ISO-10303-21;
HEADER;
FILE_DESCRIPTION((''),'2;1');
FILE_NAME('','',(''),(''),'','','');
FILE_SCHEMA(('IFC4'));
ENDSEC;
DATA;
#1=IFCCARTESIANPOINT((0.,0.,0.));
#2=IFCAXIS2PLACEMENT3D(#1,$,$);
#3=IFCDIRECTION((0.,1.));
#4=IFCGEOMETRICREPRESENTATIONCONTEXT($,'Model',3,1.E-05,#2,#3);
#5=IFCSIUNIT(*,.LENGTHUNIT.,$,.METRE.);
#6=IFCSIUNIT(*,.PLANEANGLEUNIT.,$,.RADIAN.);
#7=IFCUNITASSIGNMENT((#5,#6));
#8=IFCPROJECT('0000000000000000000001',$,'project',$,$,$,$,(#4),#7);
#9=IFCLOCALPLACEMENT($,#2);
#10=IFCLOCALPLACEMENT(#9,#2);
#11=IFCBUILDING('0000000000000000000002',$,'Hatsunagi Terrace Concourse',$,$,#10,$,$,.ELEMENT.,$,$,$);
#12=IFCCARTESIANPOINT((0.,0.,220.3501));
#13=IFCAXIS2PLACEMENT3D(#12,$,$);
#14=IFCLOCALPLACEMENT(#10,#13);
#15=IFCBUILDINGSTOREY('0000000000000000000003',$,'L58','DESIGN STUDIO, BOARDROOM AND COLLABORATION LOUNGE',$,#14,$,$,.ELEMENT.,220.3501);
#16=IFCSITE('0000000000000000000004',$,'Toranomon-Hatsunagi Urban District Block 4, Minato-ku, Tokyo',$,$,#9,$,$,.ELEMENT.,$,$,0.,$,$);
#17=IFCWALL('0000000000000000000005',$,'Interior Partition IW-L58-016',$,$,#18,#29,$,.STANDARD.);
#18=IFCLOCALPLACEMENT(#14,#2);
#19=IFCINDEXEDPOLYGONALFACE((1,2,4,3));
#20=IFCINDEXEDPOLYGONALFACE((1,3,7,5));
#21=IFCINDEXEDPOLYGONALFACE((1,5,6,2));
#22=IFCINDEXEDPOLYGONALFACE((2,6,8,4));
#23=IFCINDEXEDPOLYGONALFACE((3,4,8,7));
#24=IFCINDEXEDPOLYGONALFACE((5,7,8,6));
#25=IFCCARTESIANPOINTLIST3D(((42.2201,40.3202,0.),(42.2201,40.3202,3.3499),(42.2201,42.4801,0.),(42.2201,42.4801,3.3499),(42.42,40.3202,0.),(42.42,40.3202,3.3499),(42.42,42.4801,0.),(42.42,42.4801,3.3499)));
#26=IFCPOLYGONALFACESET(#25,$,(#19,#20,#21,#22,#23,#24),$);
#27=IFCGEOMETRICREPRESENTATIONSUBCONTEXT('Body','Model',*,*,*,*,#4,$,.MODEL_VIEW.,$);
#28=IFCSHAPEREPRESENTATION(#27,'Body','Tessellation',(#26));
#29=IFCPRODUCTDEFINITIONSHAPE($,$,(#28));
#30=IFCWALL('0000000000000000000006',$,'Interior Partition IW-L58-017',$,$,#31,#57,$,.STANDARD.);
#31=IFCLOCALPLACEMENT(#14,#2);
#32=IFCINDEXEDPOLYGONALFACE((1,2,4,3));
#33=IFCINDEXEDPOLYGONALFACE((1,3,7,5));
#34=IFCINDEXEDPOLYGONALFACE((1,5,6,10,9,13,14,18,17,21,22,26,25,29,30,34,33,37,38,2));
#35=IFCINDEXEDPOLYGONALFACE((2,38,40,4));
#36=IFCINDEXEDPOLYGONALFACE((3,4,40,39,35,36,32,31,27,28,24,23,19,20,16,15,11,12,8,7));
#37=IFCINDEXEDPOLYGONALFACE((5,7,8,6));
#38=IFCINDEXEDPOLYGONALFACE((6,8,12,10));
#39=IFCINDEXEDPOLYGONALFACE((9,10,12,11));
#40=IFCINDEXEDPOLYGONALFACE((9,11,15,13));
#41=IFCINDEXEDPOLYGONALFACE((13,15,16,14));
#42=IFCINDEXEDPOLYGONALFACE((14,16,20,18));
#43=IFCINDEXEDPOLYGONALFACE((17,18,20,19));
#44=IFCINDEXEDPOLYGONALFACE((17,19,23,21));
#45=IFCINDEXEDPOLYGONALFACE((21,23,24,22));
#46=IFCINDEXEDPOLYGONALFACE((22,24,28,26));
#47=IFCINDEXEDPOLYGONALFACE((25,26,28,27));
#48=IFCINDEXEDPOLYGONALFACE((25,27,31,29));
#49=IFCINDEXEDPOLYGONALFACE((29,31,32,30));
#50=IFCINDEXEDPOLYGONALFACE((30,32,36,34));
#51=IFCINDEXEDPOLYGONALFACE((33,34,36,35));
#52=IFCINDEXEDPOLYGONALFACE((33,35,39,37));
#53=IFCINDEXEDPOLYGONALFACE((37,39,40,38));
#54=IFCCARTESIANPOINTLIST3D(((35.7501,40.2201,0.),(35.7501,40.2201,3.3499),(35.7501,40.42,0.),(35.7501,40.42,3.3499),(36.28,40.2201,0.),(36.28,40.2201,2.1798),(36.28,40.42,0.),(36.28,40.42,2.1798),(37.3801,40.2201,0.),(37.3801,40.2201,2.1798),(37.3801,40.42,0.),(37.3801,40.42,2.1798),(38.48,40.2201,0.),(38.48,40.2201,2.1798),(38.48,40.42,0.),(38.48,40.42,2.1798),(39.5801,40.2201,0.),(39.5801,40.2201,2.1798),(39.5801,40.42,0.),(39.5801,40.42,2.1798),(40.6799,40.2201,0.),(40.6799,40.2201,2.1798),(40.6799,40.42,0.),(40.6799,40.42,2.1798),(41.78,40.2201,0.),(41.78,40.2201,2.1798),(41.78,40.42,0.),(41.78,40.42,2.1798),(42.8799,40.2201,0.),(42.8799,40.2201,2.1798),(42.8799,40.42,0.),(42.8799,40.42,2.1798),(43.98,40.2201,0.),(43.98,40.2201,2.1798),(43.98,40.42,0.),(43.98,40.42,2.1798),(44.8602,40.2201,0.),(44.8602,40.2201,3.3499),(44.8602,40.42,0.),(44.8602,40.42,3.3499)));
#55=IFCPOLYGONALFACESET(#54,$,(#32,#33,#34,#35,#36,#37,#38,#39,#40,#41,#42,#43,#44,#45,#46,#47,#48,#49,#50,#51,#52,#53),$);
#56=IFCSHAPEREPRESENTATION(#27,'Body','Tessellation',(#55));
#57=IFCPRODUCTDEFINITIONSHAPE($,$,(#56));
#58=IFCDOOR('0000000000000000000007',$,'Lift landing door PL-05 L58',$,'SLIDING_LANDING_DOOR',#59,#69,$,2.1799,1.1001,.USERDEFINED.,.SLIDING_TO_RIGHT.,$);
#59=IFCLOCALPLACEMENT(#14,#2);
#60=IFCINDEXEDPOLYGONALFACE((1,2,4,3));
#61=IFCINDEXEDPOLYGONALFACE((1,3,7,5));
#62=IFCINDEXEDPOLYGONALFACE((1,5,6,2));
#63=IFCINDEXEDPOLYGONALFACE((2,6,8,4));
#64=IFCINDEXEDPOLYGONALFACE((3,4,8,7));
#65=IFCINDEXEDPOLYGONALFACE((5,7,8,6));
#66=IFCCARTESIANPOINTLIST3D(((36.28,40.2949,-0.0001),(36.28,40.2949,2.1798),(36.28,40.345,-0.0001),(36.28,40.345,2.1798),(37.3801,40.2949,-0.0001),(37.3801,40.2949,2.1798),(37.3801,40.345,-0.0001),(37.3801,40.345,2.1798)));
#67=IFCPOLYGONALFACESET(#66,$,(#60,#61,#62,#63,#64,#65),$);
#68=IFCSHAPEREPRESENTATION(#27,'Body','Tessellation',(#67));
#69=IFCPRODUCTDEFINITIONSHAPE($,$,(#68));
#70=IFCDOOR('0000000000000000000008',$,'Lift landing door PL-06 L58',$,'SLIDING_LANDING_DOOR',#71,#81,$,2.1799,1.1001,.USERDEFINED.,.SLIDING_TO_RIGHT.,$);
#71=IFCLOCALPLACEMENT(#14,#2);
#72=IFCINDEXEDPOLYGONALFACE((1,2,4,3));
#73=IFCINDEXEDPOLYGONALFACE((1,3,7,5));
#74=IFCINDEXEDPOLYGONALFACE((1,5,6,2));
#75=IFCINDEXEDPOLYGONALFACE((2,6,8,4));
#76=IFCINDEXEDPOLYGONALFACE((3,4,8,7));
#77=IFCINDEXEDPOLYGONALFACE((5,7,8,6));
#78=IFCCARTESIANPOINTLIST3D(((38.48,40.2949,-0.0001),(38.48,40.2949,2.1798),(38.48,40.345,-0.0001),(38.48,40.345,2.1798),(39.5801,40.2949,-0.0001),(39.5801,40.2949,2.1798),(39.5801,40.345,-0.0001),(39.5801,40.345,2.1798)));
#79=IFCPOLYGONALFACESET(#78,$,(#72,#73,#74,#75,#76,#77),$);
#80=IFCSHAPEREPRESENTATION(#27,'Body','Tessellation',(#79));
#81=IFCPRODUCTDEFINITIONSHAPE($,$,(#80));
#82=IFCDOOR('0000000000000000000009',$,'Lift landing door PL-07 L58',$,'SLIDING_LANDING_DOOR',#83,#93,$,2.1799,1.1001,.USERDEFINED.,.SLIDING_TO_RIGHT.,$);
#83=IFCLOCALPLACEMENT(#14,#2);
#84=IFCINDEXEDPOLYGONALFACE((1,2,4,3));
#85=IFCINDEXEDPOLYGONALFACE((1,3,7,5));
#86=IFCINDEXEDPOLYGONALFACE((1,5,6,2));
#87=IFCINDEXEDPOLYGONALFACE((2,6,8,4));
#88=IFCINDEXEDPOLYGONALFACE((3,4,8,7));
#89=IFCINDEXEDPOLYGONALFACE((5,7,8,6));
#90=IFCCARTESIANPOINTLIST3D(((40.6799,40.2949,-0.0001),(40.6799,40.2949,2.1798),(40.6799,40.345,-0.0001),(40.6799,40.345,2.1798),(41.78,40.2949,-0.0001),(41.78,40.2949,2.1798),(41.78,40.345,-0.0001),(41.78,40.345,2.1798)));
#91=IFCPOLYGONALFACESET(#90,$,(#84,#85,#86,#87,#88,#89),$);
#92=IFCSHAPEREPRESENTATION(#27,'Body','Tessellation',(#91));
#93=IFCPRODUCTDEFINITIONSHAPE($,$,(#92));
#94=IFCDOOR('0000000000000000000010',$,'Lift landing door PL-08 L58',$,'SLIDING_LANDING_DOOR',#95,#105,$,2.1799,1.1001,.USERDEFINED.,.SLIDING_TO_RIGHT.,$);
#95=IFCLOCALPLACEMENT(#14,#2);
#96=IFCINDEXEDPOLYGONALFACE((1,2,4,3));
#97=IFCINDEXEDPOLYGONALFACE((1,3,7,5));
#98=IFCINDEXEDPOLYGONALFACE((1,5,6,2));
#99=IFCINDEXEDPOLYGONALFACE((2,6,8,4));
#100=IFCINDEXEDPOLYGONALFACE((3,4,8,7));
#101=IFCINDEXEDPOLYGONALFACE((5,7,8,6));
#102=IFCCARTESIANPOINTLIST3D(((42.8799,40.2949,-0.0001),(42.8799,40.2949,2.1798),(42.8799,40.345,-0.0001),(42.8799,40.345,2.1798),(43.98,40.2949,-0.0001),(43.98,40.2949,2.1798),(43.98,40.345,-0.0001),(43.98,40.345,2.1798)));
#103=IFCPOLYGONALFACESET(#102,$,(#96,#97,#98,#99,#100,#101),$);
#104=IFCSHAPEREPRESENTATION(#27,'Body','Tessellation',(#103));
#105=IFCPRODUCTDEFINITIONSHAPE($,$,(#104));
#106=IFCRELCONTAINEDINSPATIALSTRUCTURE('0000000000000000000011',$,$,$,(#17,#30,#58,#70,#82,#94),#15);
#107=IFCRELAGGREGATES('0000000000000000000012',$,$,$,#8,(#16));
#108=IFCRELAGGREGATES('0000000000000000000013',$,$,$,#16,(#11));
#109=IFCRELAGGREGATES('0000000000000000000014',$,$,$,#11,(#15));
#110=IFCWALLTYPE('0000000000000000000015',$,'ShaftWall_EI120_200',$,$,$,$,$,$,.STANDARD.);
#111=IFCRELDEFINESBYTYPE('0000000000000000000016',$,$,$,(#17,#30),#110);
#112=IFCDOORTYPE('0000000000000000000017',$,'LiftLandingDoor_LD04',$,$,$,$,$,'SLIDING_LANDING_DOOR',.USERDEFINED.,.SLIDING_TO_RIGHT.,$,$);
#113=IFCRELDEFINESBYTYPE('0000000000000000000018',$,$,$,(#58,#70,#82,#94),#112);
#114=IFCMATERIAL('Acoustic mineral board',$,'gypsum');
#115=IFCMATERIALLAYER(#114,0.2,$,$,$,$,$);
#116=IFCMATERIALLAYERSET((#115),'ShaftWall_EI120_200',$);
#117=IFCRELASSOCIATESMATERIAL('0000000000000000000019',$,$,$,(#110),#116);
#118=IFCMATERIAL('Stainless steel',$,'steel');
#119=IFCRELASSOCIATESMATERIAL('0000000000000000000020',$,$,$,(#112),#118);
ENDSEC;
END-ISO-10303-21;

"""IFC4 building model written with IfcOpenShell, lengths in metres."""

from ifc_helpers import new_model, si_unit, direction, frame, frame_2d, origin, place, context, subcontext, project, spatial, rectangle, extrude, material, layer, layer_set, type_object, element, fill, save


model = new_model("IFC4")

# Units and contexts
model_context = context("Model", 3, precision=1e-05, world=origin(), true_north=direction((0.0, 1.0)))
body_context = subcontext(model_context, "Body", "Model", "MODEL_VIEW")
ifc_project = project(units=[si_unit("LENGTHUNIT", "METRE"), si_unit("PLANEANGLEUNIT", "RADIAN")], contexts=[model_context])

# Site, building, storey
site_placement = place(None, origin())
site = spatial("IfcSite", under=ifc_project, at=site_placement, Name="Toranomon-Hatsunagi Urban District Block 4, Minato-ku, Tokyo", CompositionType="ELEMENT", RefElevation=0.0)
building_placement = place(site_placement, origin())
building = spatial("IfcBuilding", under=site, at=building_placement, Name="Hatsunagi Terrace Concourse", CompositionType="ELEMENT")
storey_placement = place(building_placement, frame((0.0, 0.0, 220.3501)))
storey = spatial("IfcBuildingStorey", under=building, at=storey_placement, Name="L58", Description="DESIGN STUDIO, BOARDROOM AND COLLABORATION LOUNGE", CompositionType="ELEMENT", Elevation=220.3501)

# Shared definitions
ifc_material_1 = material(Name="Acoustic mineral board", Category="gypsum")
ifc_layer = layer(ifc_material_1, 0.2)
ifc_layer_set = layer_set([ifc_layer], Name="ShaftWall_EI120_200")
wall_type = type_object("IfcWallType", Name="ShaftWall_EI120_200", PredefinedType="STANDARD", material=ifc_layer_set)

# Wall
for number, where, z_axis, x_axis, name in (
    (1, (42.3201, 40.3201, 0.0), (0.0, 0.0, 1.0), (0.0, 1.0, 0.0), "Interior Partition IW-L58-016"),
):
    element("IfcWall", number, at=place(storey_placement, frame(where, z_axis=z_axis, x_axis=x_axis)), inside=storey, type_object=wall_type, Name=name, PredefinedType="STANDARD", context=body_context, shape_type="SweptSolid", body=[
        extrude(rectangle(XDim=2.1599, YDim=0.2, at=frame_2d((1.0801, 0.0))), origin(), (0.0, 0.0, 1.0), 3.3499),
    ])

# Wall, openings, doors
wall_1_placement = place(storey_placement, frame((35.75, 40.3201, 0.0), z_axis=(0.0, 0.0, 1.0), x_axis=(1.0, 0.0, 0.0)))
wall_1 = element("IfcWall", 2, at=wall_1_placement, inside=storey, type_object=wall_type, Name="Interior Partition IW-L58-017", PredefinedType="STANDARD", context=body_context, shape_type="SweptSolid", body=[
    extrude(rectangle(XDim=9.1101, YDim=0.2, at=frame_2d((4.5552, 0.0))), origin(), (0.0, 0.0, 1.0), 3.3499),
])
opening_1_placement = place(wall_1_placement, frame((0.53, 0.0, 0.0)))
opening_1 = element("IfcOpeningElement", 3, at=opening_1_placement, cuts=wall_1, PredefinedType="OPENING", context=body_context, shape_type="SweptSolid", body=[
    extrude(rectangle(XDim=1.1001, YDim=2.1799, at=frame_2d((0.55, 1.0898))), frame((0.0, 0.1099, 0.0), z_axis=(0.0, -1.0, 0.0), x_axis=(1.0, 0.0, 0.0)), (0.0, 0.0, 1.0), 0.22),
])
opening_2_placement = place(wall_1_placement, frame((2.73, 0.0, 0.0)))
opening_2 = element("IfcOpeningElement", 4, at=opening_2_placement, cuts=wall_1, PredefinedType="OPENING", context=body_context, shape_type="SweptSolid", body=[
    extrude(rectangle(XDim=1.1001, YDim=2.1799, at=frame_2d((0.55, 1.0898))), frame((0.0, 0.1099, 0.0), z_axis=(0.0, -1.0, 0.0), x_axis=(1.0, 0.0, 0.0)), (0.0, 0.0, 1.0), 0.22),
])
opening_3_placement = place(wall_1_placement, frame((4.9299, 0.0, 0.0)))
opening_3 = element("IfcOpeningElement", 5, at=opening_3_placement, cuts=wall_1, PredefinedType="OPENING", context=body_context, shape_type="SweptSolid", body=[
    extrude(rectangle(XDim=1.1001, YDim=2.1799, at=frame_2d((0.55, 1.0898))), frame((0.0, 0.1099, 0.0), z_axis=(0.0, -1.0, 0.0), x_axis=(1.0, 0.0, 0.0)), (0.0, 0.0, 1.0), 0.22),
])
opening_4_placement = place(wall_1_placement, frame((7.1299, 0.0, 0.0)))
opening_4 = element("IfcOpeningElement", 6, at=opening_4_placement, cuts=wall_1, PredefinedType="OPENING", context=body_context, shape_type="SweptSolid", body=[
    extrude(rectangle(XDim=1.1001, YDim=2.1799, at=frame_2d((0.55, 1.0898))), frame((0.0, 0.1099, 0.0), z_axis=(0.0, -1.0, 0.0), x_axis=(1.0, 0.0, 0.0)), (0.0, 0.0, 1.0), 0.22),
])
ifc_material_2 = material(Name="Stainless steel", Category="steel")
door_type_1 = type_object("IfcDoorType", Name="LiftLandingDoor_LD04", ElementType="SLIDING_LANDING_DOOR", OperationType="SLIDING_TO_RIGHT", PredefinedType="USERDEFINED", material=ifc_material_2)
door_1_placement = place(opening_1_placement, origin())
door_1 = element("IfcDoor", 7, at=door_1_placement, inside=storey, type_object=door_type_1, Name="Lift landing door PL-05 L58", ObjectType="SLIDING_LANDING_DOOR", OperationType="SLIDING_TO_RIGHT", OverallHeight=2.1799, OverallWidth=1.1001, PredefinedType="USERDEFINED", context=body_context, shape_type="SweptSolid", body=[
    extrude(rectangle(XDim=1.1001, YDim=2.1799, at=frame_2d((0.55, 1.0898))), frame((0.0, 0.0249, 0.0), z_axis=(0.0, -1.0, 0.0), x_axis=(1.0, 0.0, 0.0)), (0.0, 0.0, 1.0), 0.05),
])
fill(opening_1, door_1)
door_2_placement = place(opening_2_placement, origin())
door_2 = element("IfcDoor", 8, at=door_2_placement, inside=storey, type_object=door_type_1, Name="Lift landing door PL-06 L58", ObjectType="SLIDING_LANDING_DOOR", OperationType="SLIDING_TO_RIGHT", OverallHeight=2.1799, OverallWidth=1.1001, PredefinedType="USERDEFINED", context=body_context, shape_type="SweptSolid", body=[
    extrude(rectangle(XDim=1.1001, YDim=2.1799, at=frame_2d((0.55, 1.0898))), frame((0.0, 0.0249, 0.0), z_axis=(0.0, -1.0, 0.0), x_axis=(1.0, 0.0, 0.0)), (0.0, 0.0, 1.0), 0.05),
])
fill(opening_2, door_2)
door_3_placement = place(opening_3_placement, origin())
door_3 = element("IfcDoor", 9, at=door_3_placement, inside=storey, type_object=door_type_1, Name="Lift landing door PL-07 L58", ObjectType="SLIDING_LANDING_DOOR", OperationType="SLIDING_TO_RIGHT", OverallHeight=2.1799, OverallWidth=1.1001, PredefinedType="USERDEFINED", context=body_context, shape_type="SweptSolid", body=[
    extrude(rectangle(XDim=1.1001, YDim=2.1799, at=frame_2d((0.55, 1.0898))), frame((0.0, 0.0249, 0.0), z_axis=(0.0, -1.0, 0.0), x_axis=(1.0, 0.0, 0.0)), (0.0, 0.0, 1.0), 0.05),
])
fill(opening_3, door_3)
door_4_placement = place(opening_4_placement, origin())
door_4 = element("IfcDoor", 10, at=door_4_placement, inside=storey, type_object=door_type_1, Name="Lift landing door PL-08 L58", ObjectType="SLIDING_LANDING_DOOR", OperationType="SLIDING_TO_RIGHT", OverallHeight=2.1799, OverallWidth=1.1001, PredefinedType="USERDEFINED", context=body_context, shape_type="SweptSolid", body=[
    extrude(rectangle(XDim=1.1001, YDim=2.1799, at=frame_2d((0.55, 1.0898))), frame((0.0, 0.0249, 0.0), z_axis=(0.0, -1.0, 0.0), x_axis=(1.0, 0.0, 0.0)), (0.0, 0.0, 1.0), 0.05),
])
fill(opening_4, door_4)

save(model, "model.ifc")
